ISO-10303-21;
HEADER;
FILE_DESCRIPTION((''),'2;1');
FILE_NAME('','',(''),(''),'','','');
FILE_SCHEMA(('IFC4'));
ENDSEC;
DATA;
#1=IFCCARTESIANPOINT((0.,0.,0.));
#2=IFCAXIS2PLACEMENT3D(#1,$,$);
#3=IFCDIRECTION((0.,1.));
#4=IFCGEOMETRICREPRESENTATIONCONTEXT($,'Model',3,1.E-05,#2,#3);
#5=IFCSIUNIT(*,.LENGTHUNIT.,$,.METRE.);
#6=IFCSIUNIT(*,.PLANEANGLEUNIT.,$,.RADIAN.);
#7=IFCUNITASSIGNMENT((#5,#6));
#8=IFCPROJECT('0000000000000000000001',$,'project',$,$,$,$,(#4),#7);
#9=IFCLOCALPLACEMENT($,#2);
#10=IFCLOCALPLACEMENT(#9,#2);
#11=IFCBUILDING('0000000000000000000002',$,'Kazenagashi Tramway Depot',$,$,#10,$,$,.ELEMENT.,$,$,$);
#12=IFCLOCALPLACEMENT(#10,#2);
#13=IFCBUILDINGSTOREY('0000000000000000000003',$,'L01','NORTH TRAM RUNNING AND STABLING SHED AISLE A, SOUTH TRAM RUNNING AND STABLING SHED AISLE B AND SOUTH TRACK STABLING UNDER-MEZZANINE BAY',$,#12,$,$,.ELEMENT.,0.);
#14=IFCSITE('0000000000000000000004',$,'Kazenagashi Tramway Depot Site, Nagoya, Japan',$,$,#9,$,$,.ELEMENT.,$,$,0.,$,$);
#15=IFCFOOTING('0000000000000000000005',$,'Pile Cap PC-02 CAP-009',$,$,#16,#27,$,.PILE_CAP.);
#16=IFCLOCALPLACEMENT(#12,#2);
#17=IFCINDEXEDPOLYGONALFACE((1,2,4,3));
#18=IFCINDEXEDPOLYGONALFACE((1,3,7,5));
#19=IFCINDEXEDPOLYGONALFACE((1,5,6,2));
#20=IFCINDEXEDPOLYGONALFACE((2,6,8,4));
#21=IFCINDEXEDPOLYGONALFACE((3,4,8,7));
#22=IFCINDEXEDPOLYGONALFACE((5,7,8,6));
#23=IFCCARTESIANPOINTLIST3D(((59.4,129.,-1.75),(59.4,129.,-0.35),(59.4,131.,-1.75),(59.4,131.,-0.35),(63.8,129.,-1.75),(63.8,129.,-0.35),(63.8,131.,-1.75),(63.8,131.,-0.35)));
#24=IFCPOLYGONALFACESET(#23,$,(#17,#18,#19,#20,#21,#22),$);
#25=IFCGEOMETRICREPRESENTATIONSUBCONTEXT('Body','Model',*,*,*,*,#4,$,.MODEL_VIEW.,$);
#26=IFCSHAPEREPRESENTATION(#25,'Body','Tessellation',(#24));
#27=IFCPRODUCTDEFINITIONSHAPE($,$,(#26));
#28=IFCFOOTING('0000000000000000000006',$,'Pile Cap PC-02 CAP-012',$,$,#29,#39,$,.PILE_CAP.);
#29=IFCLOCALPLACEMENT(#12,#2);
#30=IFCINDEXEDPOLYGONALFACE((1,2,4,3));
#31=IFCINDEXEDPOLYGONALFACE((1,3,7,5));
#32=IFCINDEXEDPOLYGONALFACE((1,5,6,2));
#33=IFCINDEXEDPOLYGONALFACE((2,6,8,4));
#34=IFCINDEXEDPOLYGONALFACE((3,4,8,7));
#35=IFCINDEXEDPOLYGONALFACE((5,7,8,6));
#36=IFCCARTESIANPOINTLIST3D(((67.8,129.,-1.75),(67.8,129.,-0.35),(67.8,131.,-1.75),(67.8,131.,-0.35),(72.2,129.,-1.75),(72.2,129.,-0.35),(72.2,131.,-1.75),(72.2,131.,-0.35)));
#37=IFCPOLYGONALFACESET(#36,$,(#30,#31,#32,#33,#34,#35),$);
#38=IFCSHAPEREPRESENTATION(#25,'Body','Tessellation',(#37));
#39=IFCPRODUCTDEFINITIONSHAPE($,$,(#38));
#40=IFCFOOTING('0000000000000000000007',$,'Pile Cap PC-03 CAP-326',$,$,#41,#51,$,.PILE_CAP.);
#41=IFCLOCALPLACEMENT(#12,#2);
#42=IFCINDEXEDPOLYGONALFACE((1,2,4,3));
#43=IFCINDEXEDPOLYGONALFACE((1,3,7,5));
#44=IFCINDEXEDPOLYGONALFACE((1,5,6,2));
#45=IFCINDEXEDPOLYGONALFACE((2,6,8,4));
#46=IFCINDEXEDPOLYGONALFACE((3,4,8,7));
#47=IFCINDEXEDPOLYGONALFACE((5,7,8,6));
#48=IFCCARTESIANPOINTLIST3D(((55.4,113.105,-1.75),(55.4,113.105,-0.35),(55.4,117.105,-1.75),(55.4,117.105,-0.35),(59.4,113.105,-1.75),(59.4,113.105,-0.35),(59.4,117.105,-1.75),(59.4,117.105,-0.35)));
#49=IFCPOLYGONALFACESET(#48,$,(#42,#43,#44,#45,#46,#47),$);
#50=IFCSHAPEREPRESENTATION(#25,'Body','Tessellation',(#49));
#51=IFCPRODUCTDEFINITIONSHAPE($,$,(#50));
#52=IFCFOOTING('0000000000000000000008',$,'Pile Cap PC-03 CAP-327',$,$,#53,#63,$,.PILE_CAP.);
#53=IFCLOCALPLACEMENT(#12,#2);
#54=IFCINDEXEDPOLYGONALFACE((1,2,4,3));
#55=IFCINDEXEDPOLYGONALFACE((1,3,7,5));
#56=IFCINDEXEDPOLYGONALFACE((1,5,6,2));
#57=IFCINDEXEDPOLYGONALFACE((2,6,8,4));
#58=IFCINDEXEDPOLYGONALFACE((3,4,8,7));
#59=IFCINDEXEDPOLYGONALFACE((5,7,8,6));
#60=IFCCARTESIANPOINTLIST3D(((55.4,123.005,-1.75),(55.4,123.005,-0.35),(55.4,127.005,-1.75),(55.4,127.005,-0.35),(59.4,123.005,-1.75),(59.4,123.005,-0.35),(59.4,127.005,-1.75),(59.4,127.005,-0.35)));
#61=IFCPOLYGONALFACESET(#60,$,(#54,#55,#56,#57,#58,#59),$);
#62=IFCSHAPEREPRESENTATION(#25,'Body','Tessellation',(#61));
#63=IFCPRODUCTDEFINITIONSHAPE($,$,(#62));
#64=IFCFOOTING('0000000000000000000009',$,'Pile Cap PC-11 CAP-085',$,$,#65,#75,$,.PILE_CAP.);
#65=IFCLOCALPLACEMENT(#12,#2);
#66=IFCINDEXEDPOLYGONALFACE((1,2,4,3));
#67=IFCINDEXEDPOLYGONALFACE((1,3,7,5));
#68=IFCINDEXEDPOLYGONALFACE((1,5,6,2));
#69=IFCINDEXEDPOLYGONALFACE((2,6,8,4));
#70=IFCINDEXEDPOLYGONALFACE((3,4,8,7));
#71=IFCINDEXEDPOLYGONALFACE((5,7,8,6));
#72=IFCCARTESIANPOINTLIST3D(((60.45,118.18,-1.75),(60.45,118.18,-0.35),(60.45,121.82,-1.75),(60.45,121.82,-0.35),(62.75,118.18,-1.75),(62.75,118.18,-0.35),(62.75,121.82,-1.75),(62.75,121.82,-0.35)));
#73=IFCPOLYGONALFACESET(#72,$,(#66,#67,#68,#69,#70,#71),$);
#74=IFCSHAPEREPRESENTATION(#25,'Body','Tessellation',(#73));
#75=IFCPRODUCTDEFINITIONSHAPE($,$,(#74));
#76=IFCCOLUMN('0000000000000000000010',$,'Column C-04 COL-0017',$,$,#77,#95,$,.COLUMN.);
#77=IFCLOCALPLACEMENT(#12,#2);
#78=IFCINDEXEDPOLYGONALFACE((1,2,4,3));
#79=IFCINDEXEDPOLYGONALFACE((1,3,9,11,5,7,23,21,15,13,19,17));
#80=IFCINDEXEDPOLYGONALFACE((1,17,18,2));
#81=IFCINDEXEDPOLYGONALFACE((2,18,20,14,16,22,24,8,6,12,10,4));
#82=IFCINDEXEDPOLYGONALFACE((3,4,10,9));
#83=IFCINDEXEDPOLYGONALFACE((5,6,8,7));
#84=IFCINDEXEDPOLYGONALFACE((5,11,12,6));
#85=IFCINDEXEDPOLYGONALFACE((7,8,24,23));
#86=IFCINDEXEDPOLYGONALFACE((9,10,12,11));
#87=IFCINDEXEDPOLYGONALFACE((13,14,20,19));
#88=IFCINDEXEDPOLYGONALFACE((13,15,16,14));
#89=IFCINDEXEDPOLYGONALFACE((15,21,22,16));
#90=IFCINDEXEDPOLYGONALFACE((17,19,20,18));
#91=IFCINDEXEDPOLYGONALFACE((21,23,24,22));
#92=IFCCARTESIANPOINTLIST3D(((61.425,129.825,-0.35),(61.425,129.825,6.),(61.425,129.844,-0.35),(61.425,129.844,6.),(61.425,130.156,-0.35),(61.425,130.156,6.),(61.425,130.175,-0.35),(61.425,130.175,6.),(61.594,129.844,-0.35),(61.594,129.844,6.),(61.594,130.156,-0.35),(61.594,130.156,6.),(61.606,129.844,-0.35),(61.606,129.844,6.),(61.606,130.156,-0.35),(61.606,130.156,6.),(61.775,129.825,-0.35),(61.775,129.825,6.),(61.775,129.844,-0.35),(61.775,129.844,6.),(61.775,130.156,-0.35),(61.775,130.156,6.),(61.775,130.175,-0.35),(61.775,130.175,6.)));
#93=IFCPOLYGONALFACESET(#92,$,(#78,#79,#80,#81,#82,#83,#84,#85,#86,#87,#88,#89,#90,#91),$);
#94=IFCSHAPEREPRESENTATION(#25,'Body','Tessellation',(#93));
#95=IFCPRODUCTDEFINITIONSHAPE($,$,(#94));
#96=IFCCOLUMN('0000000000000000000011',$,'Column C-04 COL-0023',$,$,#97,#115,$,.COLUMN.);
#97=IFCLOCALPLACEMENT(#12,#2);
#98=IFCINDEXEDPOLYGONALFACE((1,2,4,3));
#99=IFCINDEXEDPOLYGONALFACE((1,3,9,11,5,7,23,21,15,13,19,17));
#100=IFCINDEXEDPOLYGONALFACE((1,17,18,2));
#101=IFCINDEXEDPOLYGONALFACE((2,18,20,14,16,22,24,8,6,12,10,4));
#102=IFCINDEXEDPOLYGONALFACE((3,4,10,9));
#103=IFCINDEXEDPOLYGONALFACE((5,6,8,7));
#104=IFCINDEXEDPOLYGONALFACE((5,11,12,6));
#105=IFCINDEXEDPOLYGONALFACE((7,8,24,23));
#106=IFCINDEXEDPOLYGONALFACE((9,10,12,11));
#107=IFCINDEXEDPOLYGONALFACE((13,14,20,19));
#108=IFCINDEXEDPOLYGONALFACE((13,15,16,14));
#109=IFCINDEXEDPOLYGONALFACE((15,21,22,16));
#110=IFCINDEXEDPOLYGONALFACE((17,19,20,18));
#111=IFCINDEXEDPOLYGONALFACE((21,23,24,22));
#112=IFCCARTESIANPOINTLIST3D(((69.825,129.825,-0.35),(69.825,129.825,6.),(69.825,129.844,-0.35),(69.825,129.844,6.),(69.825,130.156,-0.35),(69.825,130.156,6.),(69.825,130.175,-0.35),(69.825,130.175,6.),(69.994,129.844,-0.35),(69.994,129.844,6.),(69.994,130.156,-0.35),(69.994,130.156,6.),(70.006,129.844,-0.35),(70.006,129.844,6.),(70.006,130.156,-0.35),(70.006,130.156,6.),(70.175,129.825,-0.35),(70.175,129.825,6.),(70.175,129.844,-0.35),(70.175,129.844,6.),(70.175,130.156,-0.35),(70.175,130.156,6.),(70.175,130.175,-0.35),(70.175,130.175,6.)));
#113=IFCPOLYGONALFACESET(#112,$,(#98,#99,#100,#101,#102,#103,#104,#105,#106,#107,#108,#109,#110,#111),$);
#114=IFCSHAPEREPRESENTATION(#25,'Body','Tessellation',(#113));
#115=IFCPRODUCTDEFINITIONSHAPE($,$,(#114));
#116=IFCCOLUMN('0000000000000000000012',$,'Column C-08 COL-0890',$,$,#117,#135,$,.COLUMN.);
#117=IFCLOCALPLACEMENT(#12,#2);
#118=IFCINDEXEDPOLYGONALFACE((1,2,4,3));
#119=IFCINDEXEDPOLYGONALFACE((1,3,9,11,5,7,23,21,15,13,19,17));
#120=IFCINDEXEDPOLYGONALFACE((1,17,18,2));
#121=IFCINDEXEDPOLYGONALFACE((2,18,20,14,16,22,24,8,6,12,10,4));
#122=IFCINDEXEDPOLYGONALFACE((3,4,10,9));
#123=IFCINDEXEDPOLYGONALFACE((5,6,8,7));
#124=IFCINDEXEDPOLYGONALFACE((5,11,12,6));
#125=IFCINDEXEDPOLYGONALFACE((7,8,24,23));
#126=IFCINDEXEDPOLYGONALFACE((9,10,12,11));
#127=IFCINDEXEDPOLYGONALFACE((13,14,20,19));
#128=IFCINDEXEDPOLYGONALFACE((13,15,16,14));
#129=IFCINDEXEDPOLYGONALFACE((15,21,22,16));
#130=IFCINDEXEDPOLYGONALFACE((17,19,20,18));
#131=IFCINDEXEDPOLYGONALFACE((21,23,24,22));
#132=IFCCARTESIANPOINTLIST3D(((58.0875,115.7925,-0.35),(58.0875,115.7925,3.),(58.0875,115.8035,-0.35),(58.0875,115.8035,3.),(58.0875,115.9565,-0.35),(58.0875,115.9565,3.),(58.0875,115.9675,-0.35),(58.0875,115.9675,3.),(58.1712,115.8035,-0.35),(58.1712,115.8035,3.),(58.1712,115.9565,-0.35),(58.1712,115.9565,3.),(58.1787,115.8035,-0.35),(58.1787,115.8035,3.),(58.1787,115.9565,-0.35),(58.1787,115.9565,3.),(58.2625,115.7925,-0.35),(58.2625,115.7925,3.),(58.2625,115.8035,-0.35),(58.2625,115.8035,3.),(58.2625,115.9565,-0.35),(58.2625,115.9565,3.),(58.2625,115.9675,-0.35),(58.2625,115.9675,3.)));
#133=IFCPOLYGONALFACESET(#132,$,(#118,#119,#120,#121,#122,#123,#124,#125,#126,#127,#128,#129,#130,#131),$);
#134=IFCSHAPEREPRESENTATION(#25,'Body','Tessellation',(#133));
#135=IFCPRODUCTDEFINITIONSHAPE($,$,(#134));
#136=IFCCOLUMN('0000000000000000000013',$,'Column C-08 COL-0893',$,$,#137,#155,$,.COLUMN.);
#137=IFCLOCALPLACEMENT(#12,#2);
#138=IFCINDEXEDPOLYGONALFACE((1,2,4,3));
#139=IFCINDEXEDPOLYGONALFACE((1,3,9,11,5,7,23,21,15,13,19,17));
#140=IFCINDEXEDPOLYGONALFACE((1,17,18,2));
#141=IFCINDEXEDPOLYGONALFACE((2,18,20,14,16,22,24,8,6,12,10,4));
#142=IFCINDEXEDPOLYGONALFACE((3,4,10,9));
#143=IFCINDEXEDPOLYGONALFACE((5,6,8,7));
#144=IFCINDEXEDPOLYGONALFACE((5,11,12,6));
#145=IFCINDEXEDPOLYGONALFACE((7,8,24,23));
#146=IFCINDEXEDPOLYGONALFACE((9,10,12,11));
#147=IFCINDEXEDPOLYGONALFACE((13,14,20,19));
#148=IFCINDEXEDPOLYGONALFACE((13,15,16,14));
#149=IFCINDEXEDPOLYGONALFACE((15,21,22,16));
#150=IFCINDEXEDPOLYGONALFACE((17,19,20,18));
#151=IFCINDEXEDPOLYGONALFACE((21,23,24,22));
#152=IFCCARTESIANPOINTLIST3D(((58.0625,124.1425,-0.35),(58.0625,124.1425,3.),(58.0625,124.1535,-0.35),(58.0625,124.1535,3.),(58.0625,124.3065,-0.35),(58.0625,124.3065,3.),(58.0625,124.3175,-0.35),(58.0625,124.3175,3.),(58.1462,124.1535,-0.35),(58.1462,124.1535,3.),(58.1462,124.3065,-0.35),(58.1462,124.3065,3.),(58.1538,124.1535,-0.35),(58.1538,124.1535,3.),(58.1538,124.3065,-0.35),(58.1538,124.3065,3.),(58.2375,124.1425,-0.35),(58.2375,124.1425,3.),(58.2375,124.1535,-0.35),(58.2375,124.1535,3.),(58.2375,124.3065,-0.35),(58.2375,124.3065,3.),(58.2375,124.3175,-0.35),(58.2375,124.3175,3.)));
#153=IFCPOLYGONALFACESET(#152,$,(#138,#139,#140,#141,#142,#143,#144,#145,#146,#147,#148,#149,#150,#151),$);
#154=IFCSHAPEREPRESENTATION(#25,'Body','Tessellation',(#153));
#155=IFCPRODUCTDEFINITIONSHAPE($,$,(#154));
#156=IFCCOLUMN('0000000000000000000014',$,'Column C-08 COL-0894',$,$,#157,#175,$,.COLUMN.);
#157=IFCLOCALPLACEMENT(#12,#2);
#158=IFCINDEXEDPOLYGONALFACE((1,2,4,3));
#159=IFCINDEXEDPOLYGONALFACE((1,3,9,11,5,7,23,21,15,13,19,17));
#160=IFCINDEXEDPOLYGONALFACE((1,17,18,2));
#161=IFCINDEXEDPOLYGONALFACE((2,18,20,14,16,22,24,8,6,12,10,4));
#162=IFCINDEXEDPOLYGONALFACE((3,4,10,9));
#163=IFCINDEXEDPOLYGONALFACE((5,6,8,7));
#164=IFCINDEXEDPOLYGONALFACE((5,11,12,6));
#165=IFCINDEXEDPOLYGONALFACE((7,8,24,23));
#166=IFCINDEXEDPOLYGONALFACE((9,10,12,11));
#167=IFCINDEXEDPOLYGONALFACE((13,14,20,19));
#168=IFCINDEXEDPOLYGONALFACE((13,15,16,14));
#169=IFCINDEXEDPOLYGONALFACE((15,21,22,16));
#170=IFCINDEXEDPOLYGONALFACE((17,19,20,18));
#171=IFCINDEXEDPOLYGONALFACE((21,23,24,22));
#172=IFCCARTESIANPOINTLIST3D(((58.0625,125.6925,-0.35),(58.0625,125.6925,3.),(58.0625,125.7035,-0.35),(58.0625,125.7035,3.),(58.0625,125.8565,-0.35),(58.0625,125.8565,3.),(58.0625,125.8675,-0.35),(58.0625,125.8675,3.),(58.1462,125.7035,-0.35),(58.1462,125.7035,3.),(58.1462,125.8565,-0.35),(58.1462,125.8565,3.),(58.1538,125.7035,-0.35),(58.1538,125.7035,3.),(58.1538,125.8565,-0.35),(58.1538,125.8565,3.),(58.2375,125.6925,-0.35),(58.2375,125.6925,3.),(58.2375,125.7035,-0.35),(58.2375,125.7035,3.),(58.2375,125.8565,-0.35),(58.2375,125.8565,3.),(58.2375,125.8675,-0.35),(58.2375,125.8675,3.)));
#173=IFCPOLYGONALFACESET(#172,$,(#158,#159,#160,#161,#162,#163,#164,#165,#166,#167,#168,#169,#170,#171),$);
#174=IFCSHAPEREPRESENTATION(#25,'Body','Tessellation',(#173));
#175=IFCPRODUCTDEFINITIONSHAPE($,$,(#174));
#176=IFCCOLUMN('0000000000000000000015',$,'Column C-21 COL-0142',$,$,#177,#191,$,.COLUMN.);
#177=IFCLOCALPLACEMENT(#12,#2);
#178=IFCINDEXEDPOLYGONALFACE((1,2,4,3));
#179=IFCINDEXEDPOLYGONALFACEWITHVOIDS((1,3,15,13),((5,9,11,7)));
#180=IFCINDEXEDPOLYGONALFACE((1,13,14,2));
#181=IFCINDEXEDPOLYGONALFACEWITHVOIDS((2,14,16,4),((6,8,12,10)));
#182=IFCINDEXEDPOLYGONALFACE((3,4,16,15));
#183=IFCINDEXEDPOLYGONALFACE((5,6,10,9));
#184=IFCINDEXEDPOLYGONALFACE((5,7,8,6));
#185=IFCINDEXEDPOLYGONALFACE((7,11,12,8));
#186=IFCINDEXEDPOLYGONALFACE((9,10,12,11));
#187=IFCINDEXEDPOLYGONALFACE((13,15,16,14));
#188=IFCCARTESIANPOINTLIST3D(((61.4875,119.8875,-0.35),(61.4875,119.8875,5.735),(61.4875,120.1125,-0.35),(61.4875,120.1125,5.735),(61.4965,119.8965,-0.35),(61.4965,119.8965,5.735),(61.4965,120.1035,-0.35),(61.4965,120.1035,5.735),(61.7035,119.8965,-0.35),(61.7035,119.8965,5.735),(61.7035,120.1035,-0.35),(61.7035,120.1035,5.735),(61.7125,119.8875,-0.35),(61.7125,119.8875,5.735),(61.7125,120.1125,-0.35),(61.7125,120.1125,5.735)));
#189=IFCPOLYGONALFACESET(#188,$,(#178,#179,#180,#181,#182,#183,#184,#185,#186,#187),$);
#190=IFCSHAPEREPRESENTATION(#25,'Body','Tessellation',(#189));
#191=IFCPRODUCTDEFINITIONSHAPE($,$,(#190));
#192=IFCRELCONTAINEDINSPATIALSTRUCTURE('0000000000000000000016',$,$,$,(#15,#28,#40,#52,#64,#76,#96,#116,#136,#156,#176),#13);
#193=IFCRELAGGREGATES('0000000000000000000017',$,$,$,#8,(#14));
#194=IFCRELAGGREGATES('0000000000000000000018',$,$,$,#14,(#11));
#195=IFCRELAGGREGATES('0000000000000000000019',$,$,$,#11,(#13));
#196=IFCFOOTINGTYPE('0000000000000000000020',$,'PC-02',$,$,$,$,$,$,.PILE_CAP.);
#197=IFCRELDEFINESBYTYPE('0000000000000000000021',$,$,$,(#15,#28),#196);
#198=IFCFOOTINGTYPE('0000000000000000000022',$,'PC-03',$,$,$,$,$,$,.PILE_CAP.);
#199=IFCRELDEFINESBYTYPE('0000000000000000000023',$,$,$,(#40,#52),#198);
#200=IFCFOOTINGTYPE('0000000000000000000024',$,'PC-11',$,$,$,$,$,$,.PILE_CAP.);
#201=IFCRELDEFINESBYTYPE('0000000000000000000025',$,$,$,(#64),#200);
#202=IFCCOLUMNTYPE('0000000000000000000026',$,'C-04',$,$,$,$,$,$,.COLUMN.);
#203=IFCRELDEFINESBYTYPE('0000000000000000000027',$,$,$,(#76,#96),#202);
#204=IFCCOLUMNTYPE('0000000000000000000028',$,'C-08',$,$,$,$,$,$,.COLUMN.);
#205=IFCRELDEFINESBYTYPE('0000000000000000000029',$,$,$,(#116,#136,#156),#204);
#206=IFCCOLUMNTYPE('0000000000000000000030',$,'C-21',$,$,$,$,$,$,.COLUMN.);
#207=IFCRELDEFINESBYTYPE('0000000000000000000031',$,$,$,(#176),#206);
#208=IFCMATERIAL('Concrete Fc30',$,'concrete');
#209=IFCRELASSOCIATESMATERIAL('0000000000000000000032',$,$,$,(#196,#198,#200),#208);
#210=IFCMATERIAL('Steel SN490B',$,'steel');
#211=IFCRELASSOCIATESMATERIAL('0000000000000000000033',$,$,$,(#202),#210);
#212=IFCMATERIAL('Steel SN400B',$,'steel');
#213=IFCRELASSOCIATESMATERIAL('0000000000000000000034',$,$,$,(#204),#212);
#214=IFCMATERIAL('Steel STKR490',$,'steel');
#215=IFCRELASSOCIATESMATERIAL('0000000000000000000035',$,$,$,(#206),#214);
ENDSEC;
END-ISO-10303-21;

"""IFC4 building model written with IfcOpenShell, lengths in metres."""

from ifc_helpers import new_model, si_unit, direction, frame, origin, origin_2d, place, context, subcontext, project, spatial, rectangle, hollow_rectangle, i_section, extrude, material, material_profile, profile_set, type_object, element, save


model = new_model("IFC4")

# Units and contexts
model_context = context("Model", 3, precision=1e-05, world=origin(), true_north=direction((0.0, 1.0)))
body_context = subcontext(model_context, "Body", "Model", "MODEL_VIEW")
ifc_project = project(units=[si_unit("LENGTHUNIT", "METRE"), si_unit("PLANEANGLEUNIT", "RADIAN")], contexts=[model_context])

# Site, building, storey
site_placement = place(None, origin())
site = spatial("IfcSite", under=ifc_project, at=site_placement, Name="Kazenagashi Tramway Depot Site, Nagoya, Japan", CompositionType="ELEMENT", RefElevation=0.0)
building_placement = place(site_placement, origin())
building = spatial("IfcBuilding", under=site, at=building_placement, Name="Kazenagashi Tramway Depot", CompositionType="ELEMENT")
storey_placement = place(building_placement, origin())
storey = spatial("IfcBuildingStorey", under=building, at=storey_placement, Name="L01", Description="NORTH TRAM RUNNING AND STABLING SHED AISLE A, SOUTH TRAM RUNNING AND STABLING SHED AISLE B AND SOUTH TRACK STABLING UNDER-MEZZANINE BAY", CompositionType="ELEMENT", Elevation=0.0)

# Shared definitions
ifc_material_1 = material(Name="Concrete Fc30", Category="concrete")

# Footings
footing_type_1 = type_object("IfcFootingType", Name="PC-02", PredefinedType="PILE_CAP", material=ifc_material_1)
for number, where, z_axis, x_axis, name in (
    (1, (61.6, 130.0, -1.75), (0.0, 0.0, 1.0), (1.0, 0.0, 0.0), "Pile Cap PC-02 CAP-009"),
    (2, (70.0, 130.0, -1.75), (0.0, 0.0, 1.0), (1.0, 0.0, 0.0), "Pile Cap PC-02 CAP-012"),
):
    element("IfcFooting", number, at=place(storey_placement, frame(where, z_axis=z_axis, x_axis=x_axis)), inside=storey, type_object=footing_type_1, Name=name, PredefinedType="PILE_CAP", context=body_context, shape_type="SweptSolid", body=[
        extrude(rectangle(XDim=4.4, YDim=2.0, at=origin_2d()), origin(), (0.0, 0.0, 1.0), 1.4),
    ])
footing_type_2 = type_object("IfcFootingType", Name="PC-03", PredefinedType="PILE_CAP", material=ifc_material_1)
for number, where, z_axis, x_axis, name in (
    (3, (57.4, 115.105, -1.75), (0.0, 0.0, 1.0), (1.0, 0.0, 0.0), "Pile Cap PC-03 CAP-326"),
    (4, (57.4, 125.005, -1.75), (0.0, 0.0, 1.0), (1.0, 0.0, 0.0), "Pile Cap PC-03 CAP-327"),
):
    element("IfcFooting", number, at=place(storey_placement, frame(where, z_axis=z_axis, x_axis=x_axis)), inside=storey, type_object=footing_type_2, Name=name, PredefinedType="PILE_CAP", context=body_context, shape_type="SweptSolid", body=[
        extrude(rectangle(XDim=4.0, YDim=4.0, at=origin_2d()), origin(), (0.0, 0.0, 1.0), 1.4),
    ])
footing_type_3 = type_object("IfcFootingType", Name="PC-11", PredefinedType="PILE_CAP", material=ifc_material_1)
footing_placement = place(storey_placement, frame((61.6, 120.0, -1.75), z_axis=(0.0, 0.0, 1.0), x_axis=(1.0, 0.0, 0.0)))
element("IfcFooting", 5, at=footing_placement, inside=storey, type_object=footing_type_3, Name="Pile Cap PC-11 CAP-085", PredefinedType="PILE_CAP", context=body_context, shape_type="SweptSolid", body=[
    extrude(rectangle(XDim=2.3, YDim=3.64, at=origin_2d()), origin(), (0.0, 0.0, 1.0), 1.4),
])

# Columns
ifc_material_2 = material(Name="Steel SN490B", Category="steel")
ifc_material_profile_1 = material_profile(ifc_material_2, i_section(OverallWidth=0.35, OverallDepth=0.35, WebThickness=0.012, FlangeThickness=0.019, at=origin_2d()), Name="H-350x350x12x19")
ifc_profile_set_1 = profile_set([ifc_material_profile_1], Name="Steel SN490B")
column_type_1 = type_object("IfcColumnType", Name="C-04", PredefinedType="COLUMN", material=ifc_profile_set_1)
for number, where, z_axis, x_axis, name in (
    (6, (61.6, 130.0, -0.35), (0.0, 0.0, 1.0), (1.0, 0.0, 0.0), "Column C-04 COL-0017"),
    (7, (70.0, 130.0, -0.35), (0.0, 0.0, 1.0), (1.0, 0.0, 0.0), "Column C-04 COL-0023"),
):
    element("IfcColumn", number, at=place(storey_placement, frame(where, z_axis=z_axis, x_axis=x_axis)), inside=storey, type_object=column_type_1, Name=name, PredefinedType="COLUMN", context=body_context, shape_type="SweptSolid", body=[
        extrude(i_section(OverallWidth=0.35, OverallDepth=0.35, WebThickness=0.012, FlangeThickness=0.019, at=origin_2d()), origin(), (0.0, 0.0, 1.0), 6.35),
    ])
ifc_material_3 = material(Name="Steel SN400B", Category="steel")
ifc_material_profile_2 = material_profile(ifc_material_3, i_section(OverallWidth=0.175, OverallDepth=0.175, WebThickness=0.0075, FlangeThickness=0.011, at=origin_2d()), Name="H-175x175x7.5x11")
ifc_profile_set_2 = profile_set([ifc_material_profile_2], Name="Steel SN400B")
column_type_2 = type_object("IfcColumnType", Name="C-08", PredefinedType="COLUMN", material=ifc_profile_set_2)
for number, where, z_axis, x_axis, name in (
    (8, (58.175, 115.88, -0.35), (0.0, 0.0, 1.0), (1.0, 0.0, 0.0), "Column C-08 COL-0890"),
    (9, (58.15, 124.23, -0.35), (0.0, 0.0, 1.0), (1.0, 0.0, 0.0), "Column C-08 COL-0893"),
    (10, (58.15, 125.78, -0.35), (0.0, 0.0, 1.0), (1.0, 0.0, 0.0), "Column C-08 COL-0894"),
):
    element("IfcColumn", number, at=place(storey_placement, frame(where, z_axis=z_axis, x_axis=x_axis)), inside=storey, type_object=column_type_2, Name=name, PredefinedType="COLUMN", context=body_context, shape_type="SweptSolid", body=[
        extrude(i_section(OverallWidth=0.175, OverallDepth=0.175, WebThickness=0.0075, FlangeThickness=0.011, at=origin_2d()), origin(), (0.0, 0.0, 1.0), 3.35),
    ])
ifc_material_4 = material(Name="Steel STKR490", Category="steel")
ifc_material_profile_3 = material_profile(ifc_material_4, hollow_rectangle(XDim=0.225, YDim=0.225, WallThickness=0.009, at=origin_2d()), Name="SHS-225x225x9")
ifc_profile_set_3 = profile_set([ifc_material_profile_3], Name="Steel STKR490")
column_type_3 = type_object("IfcColumnType", Name="C-21", PredefinedType="COLUMN", material=ifc_profile_set_3)
column_placement = place(storey_placement, frame((61.6, 120.0, -0.35), z_axis=(0.0, 0.0, 1.0), x_axis=(1.0, 0.0, 0.0)))
element("IfcColumn", 11, at=column_placement, inside=storey, type_object=column_type_3, Name="Column C-21 COL-0142", PredefinedType="COLUMN", context=body_context, shape_type="SweptSolid", body=[
    extrude(hollow_rectangle(XDim=0.225, YDim=0.225, WallThickness=0.009, at=origin_2d()), origin(), (0.0, 0.0, 1.0), 6.085),
])

save(model, "model.ifc")
